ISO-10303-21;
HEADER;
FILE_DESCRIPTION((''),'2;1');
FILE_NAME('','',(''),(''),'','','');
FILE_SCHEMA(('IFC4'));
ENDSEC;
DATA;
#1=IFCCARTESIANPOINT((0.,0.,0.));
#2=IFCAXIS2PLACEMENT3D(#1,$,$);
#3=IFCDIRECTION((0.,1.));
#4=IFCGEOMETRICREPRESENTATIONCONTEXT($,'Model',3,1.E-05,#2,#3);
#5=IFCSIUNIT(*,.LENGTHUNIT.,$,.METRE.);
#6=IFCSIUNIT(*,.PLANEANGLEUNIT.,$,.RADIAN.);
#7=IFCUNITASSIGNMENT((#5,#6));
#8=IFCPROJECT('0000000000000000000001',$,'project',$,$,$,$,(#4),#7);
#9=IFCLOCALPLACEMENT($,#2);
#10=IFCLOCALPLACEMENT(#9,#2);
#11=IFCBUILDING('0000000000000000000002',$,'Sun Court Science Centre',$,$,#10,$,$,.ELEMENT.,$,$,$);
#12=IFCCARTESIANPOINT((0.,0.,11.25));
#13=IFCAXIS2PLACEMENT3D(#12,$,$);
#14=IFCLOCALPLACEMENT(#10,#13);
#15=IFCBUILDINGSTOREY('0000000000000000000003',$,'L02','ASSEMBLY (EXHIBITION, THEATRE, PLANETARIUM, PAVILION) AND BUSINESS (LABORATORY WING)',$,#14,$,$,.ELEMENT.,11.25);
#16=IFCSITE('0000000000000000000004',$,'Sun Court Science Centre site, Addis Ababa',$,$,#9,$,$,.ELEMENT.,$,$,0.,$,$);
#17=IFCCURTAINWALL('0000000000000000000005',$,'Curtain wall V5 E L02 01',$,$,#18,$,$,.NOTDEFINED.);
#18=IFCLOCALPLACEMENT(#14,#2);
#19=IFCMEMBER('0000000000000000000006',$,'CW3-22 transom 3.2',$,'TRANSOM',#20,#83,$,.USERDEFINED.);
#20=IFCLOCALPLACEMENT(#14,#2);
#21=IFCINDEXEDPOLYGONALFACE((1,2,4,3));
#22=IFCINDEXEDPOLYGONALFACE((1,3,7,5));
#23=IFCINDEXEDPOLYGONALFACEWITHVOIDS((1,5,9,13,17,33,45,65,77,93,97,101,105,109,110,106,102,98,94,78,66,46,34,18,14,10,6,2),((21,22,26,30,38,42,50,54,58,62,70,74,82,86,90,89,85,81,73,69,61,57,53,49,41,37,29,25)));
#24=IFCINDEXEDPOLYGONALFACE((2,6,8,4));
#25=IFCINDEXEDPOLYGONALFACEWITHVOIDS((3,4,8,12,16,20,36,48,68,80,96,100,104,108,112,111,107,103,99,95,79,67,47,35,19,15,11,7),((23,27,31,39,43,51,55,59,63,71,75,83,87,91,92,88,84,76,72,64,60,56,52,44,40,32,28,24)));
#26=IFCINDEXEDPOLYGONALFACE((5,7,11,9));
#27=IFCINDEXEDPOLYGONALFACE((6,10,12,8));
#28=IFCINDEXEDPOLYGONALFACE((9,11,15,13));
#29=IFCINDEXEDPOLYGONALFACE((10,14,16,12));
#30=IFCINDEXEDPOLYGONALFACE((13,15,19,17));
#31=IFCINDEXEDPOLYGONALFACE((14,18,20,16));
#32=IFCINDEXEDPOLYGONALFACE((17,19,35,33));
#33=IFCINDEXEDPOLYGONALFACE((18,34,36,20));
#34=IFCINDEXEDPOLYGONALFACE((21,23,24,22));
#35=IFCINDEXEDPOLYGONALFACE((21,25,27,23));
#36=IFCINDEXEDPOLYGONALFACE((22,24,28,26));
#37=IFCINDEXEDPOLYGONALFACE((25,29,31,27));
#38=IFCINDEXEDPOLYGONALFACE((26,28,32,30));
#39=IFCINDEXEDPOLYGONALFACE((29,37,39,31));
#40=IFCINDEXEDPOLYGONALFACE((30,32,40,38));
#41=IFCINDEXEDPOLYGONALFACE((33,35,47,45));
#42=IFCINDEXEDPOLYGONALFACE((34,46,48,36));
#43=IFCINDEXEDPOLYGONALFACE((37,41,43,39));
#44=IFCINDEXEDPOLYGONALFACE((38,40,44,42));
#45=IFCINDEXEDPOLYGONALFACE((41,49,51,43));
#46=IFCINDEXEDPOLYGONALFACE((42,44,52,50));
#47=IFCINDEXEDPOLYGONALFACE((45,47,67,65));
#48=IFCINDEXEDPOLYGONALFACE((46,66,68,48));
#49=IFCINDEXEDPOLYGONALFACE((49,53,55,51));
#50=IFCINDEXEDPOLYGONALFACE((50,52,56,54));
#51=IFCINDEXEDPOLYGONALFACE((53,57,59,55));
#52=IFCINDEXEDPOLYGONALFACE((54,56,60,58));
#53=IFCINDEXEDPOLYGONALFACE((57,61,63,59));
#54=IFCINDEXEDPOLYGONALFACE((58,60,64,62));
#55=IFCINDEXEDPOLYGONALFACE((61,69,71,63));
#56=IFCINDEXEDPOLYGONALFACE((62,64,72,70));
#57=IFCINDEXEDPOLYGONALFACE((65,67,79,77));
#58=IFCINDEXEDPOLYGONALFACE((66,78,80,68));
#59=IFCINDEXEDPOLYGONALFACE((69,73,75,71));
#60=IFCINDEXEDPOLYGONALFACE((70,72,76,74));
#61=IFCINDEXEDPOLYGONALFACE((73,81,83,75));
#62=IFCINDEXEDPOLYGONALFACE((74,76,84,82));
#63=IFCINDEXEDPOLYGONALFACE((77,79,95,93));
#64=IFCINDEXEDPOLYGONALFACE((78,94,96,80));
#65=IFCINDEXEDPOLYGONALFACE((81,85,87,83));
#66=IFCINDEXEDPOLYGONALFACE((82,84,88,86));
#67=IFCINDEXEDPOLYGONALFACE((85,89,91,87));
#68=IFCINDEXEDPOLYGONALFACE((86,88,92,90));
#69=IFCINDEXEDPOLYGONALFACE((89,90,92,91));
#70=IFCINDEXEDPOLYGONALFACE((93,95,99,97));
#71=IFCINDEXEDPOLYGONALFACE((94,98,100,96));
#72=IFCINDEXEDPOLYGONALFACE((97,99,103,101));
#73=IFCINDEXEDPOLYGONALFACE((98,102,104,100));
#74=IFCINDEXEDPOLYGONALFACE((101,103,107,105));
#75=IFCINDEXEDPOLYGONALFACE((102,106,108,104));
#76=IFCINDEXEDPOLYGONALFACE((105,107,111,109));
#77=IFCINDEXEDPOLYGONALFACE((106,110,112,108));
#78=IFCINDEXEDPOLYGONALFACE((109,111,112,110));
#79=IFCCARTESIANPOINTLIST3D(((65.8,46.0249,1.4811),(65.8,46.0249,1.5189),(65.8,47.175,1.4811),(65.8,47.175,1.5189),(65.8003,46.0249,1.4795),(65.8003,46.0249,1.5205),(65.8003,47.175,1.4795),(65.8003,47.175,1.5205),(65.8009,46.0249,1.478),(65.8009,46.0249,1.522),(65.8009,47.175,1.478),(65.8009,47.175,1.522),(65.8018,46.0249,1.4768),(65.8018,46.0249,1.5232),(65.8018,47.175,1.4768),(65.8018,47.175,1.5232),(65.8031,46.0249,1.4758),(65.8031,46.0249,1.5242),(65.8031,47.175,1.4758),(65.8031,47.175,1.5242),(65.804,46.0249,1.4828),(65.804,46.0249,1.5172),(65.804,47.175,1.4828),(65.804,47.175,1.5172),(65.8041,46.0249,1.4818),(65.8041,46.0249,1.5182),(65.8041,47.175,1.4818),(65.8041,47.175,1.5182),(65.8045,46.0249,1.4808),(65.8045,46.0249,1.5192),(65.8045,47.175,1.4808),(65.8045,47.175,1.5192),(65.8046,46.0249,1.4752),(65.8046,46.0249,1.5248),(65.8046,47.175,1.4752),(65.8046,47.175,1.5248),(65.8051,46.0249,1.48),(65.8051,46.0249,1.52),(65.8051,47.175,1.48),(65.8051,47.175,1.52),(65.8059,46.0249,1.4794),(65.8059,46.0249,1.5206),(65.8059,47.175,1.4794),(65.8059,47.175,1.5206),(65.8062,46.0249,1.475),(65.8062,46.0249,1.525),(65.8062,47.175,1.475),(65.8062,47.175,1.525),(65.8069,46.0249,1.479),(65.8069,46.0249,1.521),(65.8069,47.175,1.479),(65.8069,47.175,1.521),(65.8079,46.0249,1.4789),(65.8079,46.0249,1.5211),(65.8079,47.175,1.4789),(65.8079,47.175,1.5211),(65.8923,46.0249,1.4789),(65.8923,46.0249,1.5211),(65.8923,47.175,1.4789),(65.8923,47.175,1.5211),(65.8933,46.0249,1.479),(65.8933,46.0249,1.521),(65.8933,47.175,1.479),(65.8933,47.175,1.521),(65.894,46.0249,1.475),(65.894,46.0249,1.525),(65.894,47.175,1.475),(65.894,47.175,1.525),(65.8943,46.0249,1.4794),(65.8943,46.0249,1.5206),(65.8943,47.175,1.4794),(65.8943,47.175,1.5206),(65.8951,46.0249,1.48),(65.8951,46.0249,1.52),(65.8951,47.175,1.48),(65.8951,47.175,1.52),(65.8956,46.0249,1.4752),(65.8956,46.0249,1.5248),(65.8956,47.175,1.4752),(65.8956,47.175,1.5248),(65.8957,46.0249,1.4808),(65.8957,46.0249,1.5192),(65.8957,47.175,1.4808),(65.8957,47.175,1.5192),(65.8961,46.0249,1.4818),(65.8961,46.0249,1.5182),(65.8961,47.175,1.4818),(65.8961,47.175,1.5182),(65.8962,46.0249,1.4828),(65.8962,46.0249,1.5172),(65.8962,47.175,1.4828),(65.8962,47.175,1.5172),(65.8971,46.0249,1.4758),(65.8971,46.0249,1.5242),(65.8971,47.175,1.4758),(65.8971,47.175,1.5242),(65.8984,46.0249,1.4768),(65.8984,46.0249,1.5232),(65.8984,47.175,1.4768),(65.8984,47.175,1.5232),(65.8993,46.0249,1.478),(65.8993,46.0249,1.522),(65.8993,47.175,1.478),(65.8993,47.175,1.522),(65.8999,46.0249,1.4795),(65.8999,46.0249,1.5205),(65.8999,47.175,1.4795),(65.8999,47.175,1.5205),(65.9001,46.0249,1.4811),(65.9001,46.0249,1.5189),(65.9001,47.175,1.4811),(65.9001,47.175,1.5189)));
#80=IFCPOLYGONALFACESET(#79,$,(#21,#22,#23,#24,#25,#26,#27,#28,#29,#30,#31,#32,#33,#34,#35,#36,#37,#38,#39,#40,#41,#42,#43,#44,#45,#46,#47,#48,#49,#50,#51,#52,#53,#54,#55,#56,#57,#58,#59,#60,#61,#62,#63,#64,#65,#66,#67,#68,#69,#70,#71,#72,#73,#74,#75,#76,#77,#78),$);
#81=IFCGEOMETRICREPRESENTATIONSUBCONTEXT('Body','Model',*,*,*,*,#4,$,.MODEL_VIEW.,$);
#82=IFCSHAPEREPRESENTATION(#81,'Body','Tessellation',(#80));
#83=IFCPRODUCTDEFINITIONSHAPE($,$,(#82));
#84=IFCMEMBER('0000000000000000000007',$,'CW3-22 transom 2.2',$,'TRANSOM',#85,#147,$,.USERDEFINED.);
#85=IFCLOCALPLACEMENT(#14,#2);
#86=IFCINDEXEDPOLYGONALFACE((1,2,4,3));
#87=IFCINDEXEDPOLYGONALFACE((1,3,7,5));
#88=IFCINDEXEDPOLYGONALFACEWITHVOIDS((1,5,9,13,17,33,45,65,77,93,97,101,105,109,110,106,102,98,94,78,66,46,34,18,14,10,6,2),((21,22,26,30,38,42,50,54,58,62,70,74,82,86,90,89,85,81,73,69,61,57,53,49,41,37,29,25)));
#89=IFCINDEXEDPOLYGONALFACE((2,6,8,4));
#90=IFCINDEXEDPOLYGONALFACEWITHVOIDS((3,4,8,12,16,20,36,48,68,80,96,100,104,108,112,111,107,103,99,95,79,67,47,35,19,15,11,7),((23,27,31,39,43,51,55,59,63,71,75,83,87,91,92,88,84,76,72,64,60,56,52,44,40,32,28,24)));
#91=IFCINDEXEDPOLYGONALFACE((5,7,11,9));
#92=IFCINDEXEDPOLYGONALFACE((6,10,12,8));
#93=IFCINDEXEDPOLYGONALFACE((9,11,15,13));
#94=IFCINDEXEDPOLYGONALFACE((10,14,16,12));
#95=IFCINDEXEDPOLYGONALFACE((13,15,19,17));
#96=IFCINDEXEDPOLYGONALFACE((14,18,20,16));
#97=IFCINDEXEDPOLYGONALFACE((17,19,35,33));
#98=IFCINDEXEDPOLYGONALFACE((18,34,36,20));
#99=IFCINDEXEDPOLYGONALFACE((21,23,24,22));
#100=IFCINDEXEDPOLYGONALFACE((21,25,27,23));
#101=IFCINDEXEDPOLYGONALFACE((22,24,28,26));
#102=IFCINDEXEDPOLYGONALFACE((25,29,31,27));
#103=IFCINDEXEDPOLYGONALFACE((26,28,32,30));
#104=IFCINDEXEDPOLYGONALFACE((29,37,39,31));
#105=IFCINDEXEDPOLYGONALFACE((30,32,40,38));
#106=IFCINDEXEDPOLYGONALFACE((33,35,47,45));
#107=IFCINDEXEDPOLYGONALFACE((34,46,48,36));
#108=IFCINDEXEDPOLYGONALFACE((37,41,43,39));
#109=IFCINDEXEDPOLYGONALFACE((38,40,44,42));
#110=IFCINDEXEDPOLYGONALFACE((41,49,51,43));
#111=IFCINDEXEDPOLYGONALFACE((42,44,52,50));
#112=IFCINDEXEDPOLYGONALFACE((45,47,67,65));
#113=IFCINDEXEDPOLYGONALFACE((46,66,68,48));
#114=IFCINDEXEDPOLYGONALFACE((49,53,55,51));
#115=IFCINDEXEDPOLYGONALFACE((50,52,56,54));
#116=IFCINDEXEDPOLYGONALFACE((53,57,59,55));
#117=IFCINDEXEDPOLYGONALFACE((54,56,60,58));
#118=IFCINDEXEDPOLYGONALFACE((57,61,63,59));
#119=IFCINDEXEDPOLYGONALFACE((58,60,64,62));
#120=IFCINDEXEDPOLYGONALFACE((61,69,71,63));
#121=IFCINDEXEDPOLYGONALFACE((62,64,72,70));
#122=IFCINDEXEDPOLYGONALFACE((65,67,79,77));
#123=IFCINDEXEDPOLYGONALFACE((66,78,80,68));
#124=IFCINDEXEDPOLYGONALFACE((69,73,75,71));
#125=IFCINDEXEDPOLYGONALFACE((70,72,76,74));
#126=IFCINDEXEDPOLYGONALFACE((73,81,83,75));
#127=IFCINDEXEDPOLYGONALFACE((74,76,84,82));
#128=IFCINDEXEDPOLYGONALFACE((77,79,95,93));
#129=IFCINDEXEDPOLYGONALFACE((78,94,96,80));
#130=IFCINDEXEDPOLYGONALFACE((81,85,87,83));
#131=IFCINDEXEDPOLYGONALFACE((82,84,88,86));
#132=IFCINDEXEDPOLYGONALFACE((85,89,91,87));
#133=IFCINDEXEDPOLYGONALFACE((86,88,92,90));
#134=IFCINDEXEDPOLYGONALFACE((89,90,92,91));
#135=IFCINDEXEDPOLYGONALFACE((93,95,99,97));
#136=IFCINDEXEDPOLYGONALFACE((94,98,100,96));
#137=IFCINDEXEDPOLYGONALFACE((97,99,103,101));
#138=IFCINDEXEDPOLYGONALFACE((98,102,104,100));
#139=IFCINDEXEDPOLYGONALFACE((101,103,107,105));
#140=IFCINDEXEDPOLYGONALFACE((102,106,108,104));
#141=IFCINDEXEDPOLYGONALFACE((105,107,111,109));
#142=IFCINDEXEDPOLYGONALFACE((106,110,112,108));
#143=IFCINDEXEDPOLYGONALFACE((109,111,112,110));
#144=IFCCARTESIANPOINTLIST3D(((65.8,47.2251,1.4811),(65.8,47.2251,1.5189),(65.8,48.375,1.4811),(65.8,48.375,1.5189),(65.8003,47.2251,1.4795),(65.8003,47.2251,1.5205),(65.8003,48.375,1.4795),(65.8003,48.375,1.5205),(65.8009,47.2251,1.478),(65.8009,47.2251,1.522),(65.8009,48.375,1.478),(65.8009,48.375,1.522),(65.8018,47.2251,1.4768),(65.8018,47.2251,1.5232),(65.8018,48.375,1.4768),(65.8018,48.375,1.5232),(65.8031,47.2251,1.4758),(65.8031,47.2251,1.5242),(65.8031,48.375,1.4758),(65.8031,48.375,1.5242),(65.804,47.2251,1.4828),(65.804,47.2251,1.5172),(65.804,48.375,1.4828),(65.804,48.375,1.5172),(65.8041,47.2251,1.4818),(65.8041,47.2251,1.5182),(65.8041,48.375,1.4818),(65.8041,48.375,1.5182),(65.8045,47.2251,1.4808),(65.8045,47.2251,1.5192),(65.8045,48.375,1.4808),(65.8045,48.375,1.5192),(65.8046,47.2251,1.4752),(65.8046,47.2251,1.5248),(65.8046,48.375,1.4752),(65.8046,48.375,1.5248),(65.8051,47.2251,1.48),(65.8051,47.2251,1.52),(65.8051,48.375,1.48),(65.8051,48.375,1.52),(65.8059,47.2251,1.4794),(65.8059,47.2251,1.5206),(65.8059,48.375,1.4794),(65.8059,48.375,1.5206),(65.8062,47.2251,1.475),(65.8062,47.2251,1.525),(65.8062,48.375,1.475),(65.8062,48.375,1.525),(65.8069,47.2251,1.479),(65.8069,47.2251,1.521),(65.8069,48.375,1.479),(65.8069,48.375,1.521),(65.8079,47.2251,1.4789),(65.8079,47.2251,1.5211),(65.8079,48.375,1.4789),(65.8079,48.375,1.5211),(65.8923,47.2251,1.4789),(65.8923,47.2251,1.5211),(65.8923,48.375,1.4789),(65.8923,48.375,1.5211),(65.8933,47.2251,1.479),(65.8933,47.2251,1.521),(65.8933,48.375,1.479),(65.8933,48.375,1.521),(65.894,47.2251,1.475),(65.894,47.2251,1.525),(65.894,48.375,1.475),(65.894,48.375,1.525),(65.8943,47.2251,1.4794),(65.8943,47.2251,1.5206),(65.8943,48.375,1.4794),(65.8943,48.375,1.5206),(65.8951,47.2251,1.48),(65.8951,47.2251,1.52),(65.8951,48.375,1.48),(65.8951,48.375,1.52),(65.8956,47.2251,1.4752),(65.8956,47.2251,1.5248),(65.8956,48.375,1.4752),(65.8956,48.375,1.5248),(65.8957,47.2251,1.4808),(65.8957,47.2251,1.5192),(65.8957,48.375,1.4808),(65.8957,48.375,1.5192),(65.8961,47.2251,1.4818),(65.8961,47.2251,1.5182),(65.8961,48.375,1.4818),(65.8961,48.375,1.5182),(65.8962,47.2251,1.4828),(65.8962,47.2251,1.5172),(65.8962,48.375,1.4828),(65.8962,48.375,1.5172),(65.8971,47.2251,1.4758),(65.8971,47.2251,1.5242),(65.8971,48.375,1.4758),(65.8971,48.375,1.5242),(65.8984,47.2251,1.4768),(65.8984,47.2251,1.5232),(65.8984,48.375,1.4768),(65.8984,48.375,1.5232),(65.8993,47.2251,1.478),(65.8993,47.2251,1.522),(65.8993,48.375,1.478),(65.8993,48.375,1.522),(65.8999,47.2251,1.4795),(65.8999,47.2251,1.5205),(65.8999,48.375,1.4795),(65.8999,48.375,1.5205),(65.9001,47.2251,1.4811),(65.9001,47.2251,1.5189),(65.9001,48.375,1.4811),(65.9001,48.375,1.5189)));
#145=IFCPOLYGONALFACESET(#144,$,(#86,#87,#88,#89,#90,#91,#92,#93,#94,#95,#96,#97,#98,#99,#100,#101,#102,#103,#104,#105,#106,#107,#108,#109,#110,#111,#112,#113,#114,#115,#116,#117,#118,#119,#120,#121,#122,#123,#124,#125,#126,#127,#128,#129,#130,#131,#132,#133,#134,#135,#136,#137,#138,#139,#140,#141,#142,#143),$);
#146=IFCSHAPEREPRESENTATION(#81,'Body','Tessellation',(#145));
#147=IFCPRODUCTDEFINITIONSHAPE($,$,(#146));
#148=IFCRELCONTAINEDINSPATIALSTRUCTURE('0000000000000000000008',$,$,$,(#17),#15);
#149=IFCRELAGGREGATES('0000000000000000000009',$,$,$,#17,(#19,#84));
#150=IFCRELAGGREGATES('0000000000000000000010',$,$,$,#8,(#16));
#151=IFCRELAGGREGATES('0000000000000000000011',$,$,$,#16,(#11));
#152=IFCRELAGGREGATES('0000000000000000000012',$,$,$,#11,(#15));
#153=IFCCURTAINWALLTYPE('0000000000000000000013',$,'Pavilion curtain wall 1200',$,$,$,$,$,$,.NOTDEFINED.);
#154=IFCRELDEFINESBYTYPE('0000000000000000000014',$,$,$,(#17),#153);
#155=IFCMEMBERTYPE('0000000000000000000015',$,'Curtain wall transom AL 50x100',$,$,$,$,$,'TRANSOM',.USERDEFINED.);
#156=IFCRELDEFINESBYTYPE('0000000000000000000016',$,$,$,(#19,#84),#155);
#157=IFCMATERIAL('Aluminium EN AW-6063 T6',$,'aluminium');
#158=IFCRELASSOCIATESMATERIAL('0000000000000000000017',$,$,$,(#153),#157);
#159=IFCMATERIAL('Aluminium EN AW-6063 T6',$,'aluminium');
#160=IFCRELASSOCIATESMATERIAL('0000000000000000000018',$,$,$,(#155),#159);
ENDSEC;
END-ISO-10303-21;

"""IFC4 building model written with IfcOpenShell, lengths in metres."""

from ifc_helpers import new_model, si_unit, direction, frame, origin, origin_2d, place, context, subcontext, project, spatial, hollow_rectangle, extrude, material, material_profile, profile_set, type_object, element, aggregate, save


model = new_model("IFC4")

# Units and contexts
model_context = context("Model", 3, precision=1e-05, world=origin(), true_north=direction((0.0, 1.0)))
body_context = subcontext(model_context, "Body", "Model", "MODEL_VIEW")
ifc_project = project(units=[si_unit("LENGTHUNIT", "METRE"), si_unit("PLANEANGLEUNIT", "RADIAN")], contexts=[model_context])

# Site, building, storey
site_placement = place(None, origin())
site = spatial("IfcSite", under=ifc_project, at=site_placement, Name="Sun Court Science Centre site, Addis Ababa", CompositionType="ELEMENT", RefElevation=0.0)
building_placement = place(site_placement, origin())
building = spatial("IfcBuilding", under=site, at=building_placement, Name="Sun Court Science Centre", CompositionType="ELEMENT")
storey_placement = place(building_placement, frame((0.0, 0.0, 11.25)))
storey = spatial("IfcBuildingStorey", under=building, at=storey_placement, Name="L02", Description="ASSEMBLY (EXHIBITION, THEATRE, PLANETARIUM, PAVILION) AND BUSINESS (LABORATORY WING)", CompositionType="ELEMENT", Elevation=11.25)

# Curtain wall, members
ifc_material_1 = material(Name="Aluminium EN AW-6063 T6", Category="aluminium")
curtain_wall_type = type_object("IfcCurtainWallType", Name="Pavilion curtain wall 1200", PredefinedType="NOTDEFINED", material=ifc_material_1)
curtain_wall_placement = place(storey_placement, origin())
curtain_wall = element("IfcCurtainWall", 1, at=curtain_wall_placement, inside=storey, type_object=curtain_wall_type, Name="Curtain wall V5 E L02 01", PredefinedType="NOTDEFINED")
ifc_material_2 = material(Name="Aluminium EN AW-6063 T6", Category="aluminium")
ifc_material_profile_1 = material_profile(ifc_material_2, hollow_rectangle(XDim=0.05, YDim=0.1001, WallThickness=0.0039, InnerFilletRadius=0.0039, OuterFilletRadius=0.0061, at=origin_2d()), Name="AL 50x100x4")
ifc_profile_set_1 = profile_set([ifc_material_profile_1], Name="Aluminium EN AW-6063 T6")
member_type_1 = type_object("IfcMemberType", Name="Curtain wall transom AL 50x100", ElementType="TRANSOM", PredefinedType="USERDEFINED", material=ifc_profile_set_1)
member_1_placement = place(storey_placement, frame((65.8501, 47.175, 1.5), z_axis=(0.0, -1.0, 0.0), x_axis=(0.0, 0.0, 1.0)))
member_1 = element("IfcMember", 2, at=member_1_placement, type_object=member_type_1, Name="CW3-22 transom 3.2", ObjectType="TRANSOM", PredefinedType="USERDEFINED", context=body_context, shape_type="SweptSolid", body=[
    extrude(hollow_rectangle(XDim=0.05, YDim=0.1001, WallThickness=0.0039, InnerFilletRadius=0.0039, OuterFilletRadius=0.0061, at=origin_2d()), origin(), (0.0, 0.0, 1.0), 1.1501),
])
member_2_placement = place(storey_placement, frame((65.8501, 48.375, 1.5), z_axis=(0.0, -1.0, 0.0), x_axis=(0.0, 0.0, 1.0)))
member_2 = element("IfcMember", 3, at=member_2_placement, type_object=member_type_1, Name="CW3-22 transom 2.2", ObjectType="TRANSOM", PredefinedType="USERDEFINED", context=body_context, shape_type="SweptSolid", body=[
    extrude(hollow_rectangle(XDim=0.05, YDim=0.1001, WallThickness=0.0039, InnerFilletRadius=0.0039, OuterFilletRadius=0.0061, at=origin_2d()), origin(), (0.0, 0.0, 1.0), 1.1499),
])
aggregate(curtain_wall, [member_1, member_2])

save(model, "model.ifc")
